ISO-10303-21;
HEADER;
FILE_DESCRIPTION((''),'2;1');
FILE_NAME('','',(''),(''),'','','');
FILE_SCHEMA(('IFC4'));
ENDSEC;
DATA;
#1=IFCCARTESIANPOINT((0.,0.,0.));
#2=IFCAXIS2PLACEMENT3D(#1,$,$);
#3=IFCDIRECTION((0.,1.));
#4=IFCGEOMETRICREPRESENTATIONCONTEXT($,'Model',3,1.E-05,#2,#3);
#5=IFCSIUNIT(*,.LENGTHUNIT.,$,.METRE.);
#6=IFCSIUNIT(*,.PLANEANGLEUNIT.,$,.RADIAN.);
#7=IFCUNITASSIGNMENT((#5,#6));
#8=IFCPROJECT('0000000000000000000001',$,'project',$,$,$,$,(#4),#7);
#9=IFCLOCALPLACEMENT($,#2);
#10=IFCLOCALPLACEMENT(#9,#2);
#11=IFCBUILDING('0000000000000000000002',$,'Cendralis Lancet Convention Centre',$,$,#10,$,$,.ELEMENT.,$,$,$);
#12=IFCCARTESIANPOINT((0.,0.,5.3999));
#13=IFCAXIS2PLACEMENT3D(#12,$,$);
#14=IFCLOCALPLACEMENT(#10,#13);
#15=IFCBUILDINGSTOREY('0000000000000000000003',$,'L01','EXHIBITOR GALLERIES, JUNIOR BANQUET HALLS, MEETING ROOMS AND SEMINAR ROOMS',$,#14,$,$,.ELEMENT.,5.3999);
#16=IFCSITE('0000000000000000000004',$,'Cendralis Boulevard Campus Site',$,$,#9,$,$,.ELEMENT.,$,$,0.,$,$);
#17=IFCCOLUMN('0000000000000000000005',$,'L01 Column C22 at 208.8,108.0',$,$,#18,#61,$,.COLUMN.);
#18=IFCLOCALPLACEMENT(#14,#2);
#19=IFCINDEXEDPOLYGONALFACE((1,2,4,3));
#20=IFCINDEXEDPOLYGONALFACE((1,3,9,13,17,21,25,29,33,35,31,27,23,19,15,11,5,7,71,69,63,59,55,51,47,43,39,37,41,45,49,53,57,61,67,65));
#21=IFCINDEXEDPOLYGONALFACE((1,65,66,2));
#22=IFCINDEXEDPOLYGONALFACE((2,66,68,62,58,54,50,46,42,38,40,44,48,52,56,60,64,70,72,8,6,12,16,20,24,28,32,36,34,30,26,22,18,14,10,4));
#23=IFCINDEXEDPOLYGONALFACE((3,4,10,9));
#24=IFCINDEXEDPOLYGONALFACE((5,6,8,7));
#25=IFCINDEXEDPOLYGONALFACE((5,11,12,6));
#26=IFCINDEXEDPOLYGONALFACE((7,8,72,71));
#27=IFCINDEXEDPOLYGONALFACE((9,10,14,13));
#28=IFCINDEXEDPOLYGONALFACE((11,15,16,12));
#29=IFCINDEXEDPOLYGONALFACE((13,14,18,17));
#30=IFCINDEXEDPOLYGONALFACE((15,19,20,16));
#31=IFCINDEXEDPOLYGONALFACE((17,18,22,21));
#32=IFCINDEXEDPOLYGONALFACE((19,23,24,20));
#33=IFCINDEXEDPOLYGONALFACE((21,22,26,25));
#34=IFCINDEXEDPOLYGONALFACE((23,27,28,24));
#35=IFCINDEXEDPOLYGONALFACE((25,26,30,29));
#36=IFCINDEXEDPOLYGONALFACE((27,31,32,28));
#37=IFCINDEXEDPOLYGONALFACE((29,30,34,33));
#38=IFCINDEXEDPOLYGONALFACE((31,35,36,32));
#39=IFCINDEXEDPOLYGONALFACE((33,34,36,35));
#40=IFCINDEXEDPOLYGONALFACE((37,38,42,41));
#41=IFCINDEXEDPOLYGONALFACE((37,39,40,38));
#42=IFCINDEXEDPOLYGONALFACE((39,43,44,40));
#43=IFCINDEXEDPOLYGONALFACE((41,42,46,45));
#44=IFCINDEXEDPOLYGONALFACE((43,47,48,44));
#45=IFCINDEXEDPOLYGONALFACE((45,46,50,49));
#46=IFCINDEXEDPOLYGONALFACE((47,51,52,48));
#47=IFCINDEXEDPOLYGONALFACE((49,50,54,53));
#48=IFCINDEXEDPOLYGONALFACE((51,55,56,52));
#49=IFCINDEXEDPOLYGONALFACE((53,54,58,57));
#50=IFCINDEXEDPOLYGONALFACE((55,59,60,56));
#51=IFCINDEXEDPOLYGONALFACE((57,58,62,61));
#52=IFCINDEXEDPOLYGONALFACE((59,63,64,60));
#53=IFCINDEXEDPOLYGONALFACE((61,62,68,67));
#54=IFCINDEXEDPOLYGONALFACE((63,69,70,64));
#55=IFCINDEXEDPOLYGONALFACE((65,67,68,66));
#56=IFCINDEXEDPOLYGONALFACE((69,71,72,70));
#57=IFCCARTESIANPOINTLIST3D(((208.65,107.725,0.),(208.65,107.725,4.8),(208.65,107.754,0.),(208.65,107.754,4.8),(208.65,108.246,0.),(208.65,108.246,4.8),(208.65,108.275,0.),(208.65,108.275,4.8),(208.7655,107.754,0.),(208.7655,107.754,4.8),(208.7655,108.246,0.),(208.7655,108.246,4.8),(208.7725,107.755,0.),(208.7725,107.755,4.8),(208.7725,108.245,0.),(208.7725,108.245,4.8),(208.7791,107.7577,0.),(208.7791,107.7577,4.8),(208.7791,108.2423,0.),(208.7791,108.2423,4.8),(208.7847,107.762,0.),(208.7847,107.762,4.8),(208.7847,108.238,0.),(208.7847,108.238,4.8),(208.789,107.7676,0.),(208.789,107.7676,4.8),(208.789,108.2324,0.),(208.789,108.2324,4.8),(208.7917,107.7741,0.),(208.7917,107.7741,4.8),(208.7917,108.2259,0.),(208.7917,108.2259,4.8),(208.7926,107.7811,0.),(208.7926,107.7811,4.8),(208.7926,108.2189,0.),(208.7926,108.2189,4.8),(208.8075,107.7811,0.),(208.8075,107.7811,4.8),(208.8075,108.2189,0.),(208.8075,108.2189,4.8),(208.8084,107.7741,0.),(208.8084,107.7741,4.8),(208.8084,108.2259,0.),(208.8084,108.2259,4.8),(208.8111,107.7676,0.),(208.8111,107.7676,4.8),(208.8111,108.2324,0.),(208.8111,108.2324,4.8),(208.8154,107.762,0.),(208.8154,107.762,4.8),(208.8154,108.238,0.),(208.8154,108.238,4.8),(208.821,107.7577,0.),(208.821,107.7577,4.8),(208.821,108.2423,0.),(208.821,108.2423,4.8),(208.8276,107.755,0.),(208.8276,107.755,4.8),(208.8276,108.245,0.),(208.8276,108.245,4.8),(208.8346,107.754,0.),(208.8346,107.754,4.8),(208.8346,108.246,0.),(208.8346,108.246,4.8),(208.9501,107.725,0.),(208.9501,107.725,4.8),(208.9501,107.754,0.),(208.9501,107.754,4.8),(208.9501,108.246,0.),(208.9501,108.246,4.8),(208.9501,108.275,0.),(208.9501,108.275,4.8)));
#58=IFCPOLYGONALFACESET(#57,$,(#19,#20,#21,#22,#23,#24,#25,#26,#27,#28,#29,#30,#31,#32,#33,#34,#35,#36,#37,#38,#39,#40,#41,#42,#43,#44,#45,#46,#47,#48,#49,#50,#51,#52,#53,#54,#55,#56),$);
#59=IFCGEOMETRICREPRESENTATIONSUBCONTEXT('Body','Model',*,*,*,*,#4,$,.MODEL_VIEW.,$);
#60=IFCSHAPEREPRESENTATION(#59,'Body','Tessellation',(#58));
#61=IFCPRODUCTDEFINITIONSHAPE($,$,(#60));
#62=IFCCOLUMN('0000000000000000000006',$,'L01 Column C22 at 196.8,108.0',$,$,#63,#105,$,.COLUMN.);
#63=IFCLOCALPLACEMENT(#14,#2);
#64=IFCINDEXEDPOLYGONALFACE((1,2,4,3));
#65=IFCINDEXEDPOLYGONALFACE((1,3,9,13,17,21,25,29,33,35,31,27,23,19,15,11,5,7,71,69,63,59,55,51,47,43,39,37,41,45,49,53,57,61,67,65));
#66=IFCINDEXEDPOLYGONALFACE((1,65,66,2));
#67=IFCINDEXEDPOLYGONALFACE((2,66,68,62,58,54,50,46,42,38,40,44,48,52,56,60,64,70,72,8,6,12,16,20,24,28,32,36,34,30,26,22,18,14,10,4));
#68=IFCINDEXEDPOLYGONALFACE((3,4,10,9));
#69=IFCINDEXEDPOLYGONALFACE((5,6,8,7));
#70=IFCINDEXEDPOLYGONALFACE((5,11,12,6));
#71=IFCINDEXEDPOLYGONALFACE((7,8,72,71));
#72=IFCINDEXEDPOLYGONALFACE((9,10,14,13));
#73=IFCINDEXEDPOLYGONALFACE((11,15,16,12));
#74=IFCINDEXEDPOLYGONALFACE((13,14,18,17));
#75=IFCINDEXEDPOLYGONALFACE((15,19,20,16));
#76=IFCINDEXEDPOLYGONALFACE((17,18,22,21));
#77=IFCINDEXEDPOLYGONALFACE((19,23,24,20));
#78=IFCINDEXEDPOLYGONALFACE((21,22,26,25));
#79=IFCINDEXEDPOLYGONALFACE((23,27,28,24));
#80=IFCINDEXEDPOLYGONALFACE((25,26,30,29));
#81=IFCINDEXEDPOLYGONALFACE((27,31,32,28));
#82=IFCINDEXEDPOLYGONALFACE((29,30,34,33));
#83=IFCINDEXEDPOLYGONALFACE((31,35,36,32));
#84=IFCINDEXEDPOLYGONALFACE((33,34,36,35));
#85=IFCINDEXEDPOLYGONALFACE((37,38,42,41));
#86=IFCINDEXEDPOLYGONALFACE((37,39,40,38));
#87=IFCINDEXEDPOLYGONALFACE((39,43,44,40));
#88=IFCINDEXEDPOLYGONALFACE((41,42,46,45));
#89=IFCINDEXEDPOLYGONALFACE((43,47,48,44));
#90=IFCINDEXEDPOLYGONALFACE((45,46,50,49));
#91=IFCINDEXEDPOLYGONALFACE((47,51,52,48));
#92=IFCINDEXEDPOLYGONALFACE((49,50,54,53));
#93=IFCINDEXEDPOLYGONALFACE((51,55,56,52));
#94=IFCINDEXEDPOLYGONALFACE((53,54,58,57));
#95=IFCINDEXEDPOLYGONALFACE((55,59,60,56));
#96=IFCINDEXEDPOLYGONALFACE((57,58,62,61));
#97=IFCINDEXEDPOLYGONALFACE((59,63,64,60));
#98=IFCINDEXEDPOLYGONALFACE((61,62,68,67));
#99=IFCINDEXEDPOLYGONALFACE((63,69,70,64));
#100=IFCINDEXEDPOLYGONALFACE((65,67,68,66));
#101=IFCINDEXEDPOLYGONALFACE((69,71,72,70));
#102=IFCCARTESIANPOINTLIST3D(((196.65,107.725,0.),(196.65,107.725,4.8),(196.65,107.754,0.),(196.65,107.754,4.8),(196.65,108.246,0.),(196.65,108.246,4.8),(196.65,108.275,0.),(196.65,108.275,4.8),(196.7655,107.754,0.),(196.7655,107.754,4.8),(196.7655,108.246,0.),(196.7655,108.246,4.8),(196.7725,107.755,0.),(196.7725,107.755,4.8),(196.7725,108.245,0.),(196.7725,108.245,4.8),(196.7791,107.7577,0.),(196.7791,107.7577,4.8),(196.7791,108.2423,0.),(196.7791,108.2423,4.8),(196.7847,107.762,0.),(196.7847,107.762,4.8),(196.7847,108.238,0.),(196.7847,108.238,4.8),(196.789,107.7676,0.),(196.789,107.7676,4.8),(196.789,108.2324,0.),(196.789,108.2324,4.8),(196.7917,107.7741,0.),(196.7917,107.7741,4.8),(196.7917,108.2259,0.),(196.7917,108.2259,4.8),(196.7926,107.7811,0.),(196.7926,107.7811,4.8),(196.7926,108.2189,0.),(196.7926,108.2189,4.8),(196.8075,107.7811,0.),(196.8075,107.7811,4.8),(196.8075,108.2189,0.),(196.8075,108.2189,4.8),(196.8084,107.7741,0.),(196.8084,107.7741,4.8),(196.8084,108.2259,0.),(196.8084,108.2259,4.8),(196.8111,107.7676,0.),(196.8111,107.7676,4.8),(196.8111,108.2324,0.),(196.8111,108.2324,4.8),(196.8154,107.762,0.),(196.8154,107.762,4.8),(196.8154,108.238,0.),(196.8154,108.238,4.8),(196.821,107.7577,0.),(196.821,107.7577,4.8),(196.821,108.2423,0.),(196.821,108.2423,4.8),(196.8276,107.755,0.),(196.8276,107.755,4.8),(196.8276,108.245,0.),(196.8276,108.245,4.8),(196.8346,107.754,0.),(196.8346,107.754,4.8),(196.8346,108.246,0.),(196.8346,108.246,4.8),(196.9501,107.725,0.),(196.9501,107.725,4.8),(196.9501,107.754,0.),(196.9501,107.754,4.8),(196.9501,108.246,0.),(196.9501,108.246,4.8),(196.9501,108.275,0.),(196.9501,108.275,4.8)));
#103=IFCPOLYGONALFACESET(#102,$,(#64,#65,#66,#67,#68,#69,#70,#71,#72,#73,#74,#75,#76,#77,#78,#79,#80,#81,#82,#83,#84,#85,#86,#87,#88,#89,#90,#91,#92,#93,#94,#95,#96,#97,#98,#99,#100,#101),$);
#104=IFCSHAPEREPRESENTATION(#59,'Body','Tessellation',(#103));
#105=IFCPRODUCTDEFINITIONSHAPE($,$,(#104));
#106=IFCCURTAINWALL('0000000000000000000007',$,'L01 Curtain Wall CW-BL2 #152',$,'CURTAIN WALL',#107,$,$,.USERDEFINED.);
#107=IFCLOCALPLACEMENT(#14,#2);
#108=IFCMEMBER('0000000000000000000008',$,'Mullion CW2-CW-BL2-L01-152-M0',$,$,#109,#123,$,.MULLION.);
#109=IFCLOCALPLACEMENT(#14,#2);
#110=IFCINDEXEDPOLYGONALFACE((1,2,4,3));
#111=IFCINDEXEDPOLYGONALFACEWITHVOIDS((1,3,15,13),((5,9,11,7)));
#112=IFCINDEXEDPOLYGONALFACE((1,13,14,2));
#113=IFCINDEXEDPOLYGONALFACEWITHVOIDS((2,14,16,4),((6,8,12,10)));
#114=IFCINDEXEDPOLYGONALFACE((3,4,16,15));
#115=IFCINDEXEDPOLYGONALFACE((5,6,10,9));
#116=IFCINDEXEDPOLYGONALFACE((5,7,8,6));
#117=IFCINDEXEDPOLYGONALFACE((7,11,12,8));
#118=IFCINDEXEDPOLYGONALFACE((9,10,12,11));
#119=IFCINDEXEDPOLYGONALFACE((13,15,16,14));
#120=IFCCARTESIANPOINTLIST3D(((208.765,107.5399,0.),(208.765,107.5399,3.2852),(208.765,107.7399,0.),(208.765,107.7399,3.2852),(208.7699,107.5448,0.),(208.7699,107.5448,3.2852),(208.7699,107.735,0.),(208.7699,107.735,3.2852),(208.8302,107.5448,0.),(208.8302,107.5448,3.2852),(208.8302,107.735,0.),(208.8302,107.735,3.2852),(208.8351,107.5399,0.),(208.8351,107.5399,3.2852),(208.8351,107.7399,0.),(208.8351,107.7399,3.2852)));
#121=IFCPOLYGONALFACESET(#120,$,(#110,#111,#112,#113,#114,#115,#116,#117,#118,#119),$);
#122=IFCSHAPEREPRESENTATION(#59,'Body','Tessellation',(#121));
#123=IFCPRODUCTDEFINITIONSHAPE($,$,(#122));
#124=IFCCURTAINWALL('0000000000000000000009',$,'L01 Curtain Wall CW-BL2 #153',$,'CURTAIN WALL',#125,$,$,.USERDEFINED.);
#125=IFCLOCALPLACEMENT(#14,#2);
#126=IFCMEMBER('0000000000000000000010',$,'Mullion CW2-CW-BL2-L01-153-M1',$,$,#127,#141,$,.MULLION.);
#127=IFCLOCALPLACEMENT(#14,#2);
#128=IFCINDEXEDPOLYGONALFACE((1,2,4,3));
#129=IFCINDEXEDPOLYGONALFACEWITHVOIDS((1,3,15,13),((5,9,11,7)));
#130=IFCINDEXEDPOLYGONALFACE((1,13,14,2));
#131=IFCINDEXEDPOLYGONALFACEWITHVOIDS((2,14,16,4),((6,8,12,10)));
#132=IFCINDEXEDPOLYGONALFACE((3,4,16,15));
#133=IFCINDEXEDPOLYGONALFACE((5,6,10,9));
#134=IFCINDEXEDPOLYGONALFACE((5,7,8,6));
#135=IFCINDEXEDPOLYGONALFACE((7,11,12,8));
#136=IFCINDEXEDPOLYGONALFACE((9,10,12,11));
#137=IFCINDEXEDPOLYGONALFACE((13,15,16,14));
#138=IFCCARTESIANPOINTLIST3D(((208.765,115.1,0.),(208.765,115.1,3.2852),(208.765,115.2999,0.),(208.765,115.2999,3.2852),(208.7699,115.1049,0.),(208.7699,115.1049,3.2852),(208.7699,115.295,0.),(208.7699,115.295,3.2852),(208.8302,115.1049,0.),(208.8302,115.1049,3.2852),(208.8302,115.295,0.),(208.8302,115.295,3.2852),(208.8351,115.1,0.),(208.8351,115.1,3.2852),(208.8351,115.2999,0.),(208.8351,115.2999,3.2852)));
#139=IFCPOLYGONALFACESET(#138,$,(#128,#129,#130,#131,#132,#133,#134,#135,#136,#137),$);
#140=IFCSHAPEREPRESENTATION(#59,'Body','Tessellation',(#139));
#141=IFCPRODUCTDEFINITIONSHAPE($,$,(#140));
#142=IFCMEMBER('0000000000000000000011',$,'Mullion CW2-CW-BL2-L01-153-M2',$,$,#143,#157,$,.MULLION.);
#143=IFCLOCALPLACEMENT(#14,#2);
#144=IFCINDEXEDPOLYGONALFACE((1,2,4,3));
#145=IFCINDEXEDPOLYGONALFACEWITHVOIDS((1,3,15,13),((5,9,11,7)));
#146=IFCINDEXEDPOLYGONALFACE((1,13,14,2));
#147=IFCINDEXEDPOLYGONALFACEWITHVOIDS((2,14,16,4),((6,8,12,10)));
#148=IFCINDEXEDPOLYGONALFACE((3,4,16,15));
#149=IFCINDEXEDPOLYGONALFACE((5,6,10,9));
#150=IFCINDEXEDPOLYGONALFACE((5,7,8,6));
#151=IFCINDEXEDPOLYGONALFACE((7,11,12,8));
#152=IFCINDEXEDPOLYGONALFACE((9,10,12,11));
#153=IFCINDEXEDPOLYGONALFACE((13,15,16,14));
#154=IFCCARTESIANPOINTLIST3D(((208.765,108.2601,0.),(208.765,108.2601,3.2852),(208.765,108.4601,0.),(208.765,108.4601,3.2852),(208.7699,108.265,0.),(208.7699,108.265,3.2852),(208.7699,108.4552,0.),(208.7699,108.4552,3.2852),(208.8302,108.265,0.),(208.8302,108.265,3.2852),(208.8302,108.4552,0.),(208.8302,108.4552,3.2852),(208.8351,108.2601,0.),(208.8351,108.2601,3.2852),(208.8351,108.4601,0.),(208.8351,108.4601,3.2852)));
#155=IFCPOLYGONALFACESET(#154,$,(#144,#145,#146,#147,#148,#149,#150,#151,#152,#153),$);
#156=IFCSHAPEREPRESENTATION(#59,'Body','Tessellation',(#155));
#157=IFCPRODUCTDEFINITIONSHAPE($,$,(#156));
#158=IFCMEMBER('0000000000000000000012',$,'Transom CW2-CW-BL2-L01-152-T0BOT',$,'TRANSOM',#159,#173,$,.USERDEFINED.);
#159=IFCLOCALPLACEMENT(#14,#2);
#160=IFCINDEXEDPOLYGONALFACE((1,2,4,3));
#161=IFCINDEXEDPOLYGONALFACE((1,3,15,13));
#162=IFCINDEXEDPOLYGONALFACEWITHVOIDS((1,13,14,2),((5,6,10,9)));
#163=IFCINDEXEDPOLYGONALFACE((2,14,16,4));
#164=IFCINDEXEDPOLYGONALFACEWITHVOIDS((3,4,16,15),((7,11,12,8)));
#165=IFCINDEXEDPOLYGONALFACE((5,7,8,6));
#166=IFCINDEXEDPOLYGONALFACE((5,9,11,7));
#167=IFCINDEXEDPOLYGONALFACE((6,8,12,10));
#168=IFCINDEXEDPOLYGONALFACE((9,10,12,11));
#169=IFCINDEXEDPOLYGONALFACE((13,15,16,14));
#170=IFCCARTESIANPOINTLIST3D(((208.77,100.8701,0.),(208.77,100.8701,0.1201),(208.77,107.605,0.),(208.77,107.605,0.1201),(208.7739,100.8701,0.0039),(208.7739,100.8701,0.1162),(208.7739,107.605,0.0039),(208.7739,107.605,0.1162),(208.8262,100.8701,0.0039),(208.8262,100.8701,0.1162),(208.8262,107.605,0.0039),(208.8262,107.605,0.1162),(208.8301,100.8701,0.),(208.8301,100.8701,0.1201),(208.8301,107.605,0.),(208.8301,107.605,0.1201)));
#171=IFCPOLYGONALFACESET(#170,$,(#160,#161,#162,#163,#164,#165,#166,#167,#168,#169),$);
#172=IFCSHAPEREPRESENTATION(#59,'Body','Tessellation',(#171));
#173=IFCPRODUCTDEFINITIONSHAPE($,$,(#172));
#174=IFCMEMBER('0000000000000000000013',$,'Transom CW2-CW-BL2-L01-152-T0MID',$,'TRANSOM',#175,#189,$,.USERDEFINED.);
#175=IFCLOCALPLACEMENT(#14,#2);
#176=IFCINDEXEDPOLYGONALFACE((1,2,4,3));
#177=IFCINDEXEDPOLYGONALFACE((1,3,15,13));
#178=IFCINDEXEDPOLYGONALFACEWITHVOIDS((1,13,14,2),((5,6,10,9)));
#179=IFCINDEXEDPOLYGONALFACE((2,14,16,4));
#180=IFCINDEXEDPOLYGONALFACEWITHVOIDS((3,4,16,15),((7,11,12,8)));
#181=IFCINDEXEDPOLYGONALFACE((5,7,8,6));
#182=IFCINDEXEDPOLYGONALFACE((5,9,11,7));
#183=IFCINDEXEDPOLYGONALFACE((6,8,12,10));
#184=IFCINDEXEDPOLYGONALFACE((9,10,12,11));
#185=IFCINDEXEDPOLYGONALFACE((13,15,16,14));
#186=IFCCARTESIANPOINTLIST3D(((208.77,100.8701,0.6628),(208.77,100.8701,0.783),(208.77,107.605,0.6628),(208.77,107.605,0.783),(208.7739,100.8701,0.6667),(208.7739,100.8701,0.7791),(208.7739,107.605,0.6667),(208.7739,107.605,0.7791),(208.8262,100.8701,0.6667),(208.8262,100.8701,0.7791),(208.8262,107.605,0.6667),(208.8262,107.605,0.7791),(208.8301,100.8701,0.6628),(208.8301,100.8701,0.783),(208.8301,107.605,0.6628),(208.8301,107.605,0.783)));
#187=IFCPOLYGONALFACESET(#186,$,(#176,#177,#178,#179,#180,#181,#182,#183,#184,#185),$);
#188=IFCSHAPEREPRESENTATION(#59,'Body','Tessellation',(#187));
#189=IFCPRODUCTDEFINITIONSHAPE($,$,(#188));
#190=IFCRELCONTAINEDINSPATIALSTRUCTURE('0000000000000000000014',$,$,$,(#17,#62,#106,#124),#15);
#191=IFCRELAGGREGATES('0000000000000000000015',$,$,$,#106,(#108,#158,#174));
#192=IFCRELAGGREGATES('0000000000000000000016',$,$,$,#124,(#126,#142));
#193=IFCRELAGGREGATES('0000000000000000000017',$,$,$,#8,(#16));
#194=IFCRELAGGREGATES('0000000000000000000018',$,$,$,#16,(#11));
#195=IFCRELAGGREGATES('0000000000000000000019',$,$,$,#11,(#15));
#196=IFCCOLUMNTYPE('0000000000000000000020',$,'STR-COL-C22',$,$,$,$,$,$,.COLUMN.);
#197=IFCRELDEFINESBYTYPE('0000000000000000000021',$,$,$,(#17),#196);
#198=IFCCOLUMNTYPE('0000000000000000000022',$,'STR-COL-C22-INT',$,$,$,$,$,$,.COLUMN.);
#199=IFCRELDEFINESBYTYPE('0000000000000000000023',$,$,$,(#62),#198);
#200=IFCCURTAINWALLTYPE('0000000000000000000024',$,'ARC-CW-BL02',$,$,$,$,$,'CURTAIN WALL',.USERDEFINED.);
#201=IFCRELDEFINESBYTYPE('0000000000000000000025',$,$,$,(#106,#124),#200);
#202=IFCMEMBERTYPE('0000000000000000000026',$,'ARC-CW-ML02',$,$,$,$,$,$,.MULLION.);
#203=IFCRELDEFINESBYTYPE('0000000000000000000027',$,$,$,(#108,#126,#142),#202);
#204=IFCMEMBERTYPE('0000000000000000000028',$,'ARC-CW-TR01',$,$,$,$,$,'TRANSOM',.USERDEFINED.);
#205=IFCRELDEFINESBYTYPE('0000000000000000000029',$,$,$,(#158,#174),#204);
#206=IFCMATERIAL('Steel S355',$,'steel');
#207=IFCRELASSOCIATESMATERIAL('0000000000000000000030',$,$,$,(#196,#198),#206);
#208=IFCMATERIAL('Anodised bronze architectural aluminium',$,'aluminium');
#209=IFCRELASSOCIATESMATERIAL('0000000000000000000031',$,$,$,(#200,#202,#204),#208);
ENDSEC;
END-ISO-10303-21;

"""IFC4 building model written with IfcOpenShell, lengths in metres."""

from ifc_helpers import new_model, si_unit, direction, frame, origin, origin_2d, place, context, subcontext, project, spatial, hollow_rectangle, i_section, extrude, material, material_profile, profile_set, type_object, element, aggregate, save


model = new_model("IFC4")

# Units and contexts
model_context = context("Model", 3, precision=1e-05, world=origin(), true_north=direction((0.0, 1.0)))
body_context = subcontext(model_context, "Body", "Model", "MODEL_VIEW")
ifc_project = project(units=[si_unit("LENGTHUNIT", "METRE"), si_unit("PLANEANGLEUNIT", "RADIAN")], contexts=[model_context])

# Site, building, storey
site_placement = place(None, origin())
site = spatial("IfcSite", under=ifc_project, at=site_placement, Name="Cendralis Boulevard Campus Site", CompositionType="ELEMENT", RefElevation=0.0)
building_placement = place(site_placement, origin())
building = spatial("IfcBuilding", under=site, at=building_placement, Name="Cendralis Lancet Convention Centre", CompositionType="ELEMENT")
storey_placement = place(building_placement, frame((0.0, 0.0, 5.3999)))
storey = spatial("IfcBuildingStorey", under=building, at=storey_placement, Name="L01", Description="EXHIBITOR GALLERIES, JUNIOR BANQUET HALLS, MEETING ROOMS AND SEMINAR ROOMS", CompositionType="ELEMENT", Elevation=5.3999)

# Columns
ifc_material_1 = material(Name="Steel S355", Category="steel")
ifc_material_profile_1 = material_profile(ifc_material_1, i_section(OverallWidth=0.3, OverallDepth=0.55, WebThickness=0.0149, FlangeThickness=0.0291, FilletRadius=0.0271, at=origin_2d()), Name="HEB 550")
ifc_profile_set_1 = profile_set([ifc_material_profile_1], Name="Steel S355")
column_type_1 = type_object("IfcColumnType", Name="STR-COL-C22", PredefinedType="COLUMN", material=ifc_profile_set_1)
column_1_placement = place(storey_placement, frame((208.8, 108.0, 0.0), z_axis=(0.0, 0.0, 1.0), x_axis=(1.0, 0.0, 0.0)))
element("IfcColumn", 1, at=column_1_placement, inside=storey, type_object=column_type_1, Name="L01 Column C22 at 208.8,108.0", PredefinedType="COLUMN", context=body_context, shape_type="SweptSolid", body=[
    extrude(i_section(OverallWidth=0.3, OverallDepth=0.55, WebThickness=0.0149, FlangeThickness=0.0291, FilletRadius=0.0271, at=origin_2d()), origin(), (0.0, 0.0, 1.0), 4.8),
])
ifc_material_profile_2 = material_profile(ifc_material_1, i_section(OverallWidth=0.3, OverallDepth=0.55, WebThickness=0.0149, FlangeThickness=0.0291, FilletRadius=0.0271, at=origin_2d()), Name="HEB 550")
ifc_profile_set_2 = profile_set([ifc_material_profile_2], Name="Steel S355")
column_type_2 = type_object("IfcColumnType", Name="STR-COL-C22-INT", PredefinedType="COLUMN", material=ifc_profile_set_2)
column_2_placement = place(storey_placement, frame((196.8, 108.0, 0.0), z_axis=(0.0, 0.0, 1.0), x_axis=(1.0, 0.0, 0.0)))
element("IfcColumn", 2, at=column_2_placement, inside=storey, type_object=column_type_2, Name="L01 Column C22 at 196.8,108.0", PredefinedType="COLUMN", context=body_context, shape_type="SweptSolid", body=[
    extrude(i_section(OverallWidth=0.3, OverallDepth=0.55, WebThickness=0.0149, FlangeThickness=0.0291, FilletRadius=0.0271, at=origin_2d()), origin(), (0.0, 0.0, 1.0), 4.8),
])

# Curtain wall, member
ifc_material_2 = material(Name="Anodised bronze architectural aluminium", Category="aluminium")
curtain_wall_type = type_object("IfcCurtainWallType", Name="ARC-CW-BL02", ElementType="CURTAIN WALL", PredefinedType="USERDEFINED", material=ifc_material_2)
curtain_wall_1_placement = place(storey_placement, origin())
curtain_wall_1 = element("IfcCurtainWall", 3, at=curtain_wall_1_placement, inside=storey, type_object=curtain_wall_type, Name="L01 Curtain Wall CW-BL2 #152", ObjectType="CURTAIN WALL", PredefinedType="USERDEFINED")
ifc_material_profile_3 = material_profile(ifc_material_2, hollow_rectangle(XDim=0.0701, YDim=0.2, WallThickness=0.0049, at=origin_2d()), Name="AL-MULL 70x200x5.0")
ifc_profile_set_3 = profile_set([ifc_material_profile_3], Name="Anodised bronze architectural aluminium")
member_type_1 = type_object("IfcMemberType", Name="ARC-CW-ML02", PredefinedType="MULLION", material=ifc_profile_set_3)
member_1_placement = place(storey_placement, frame((208.8, 107.6399, 0.0), z_axis=(0.0, 0.0, 1.0), x_axis=(1.0, 0.0, 0.0)))
member_1 = element("IfcMember", 4, at=member_1_placement, type_object=member_type_1, Name="Mullion CW2-CW-BL2-L01-152-M0", PredefinedType="MULLION", context=body_context, shape_type="SweptSolid", body=[
    extrude(hollow_rectangle(XDim=0.0701, YDim=0.2, WallThickness=0.0049, at=origin_2d()), origin(), (0.0, 0.0, 1.0), 3.2852),
])

# Curtain wall, members
curtain_wall_2_placement = place(storey_placement, origin())
curtain_wall_2 = element("IfcCurtainWall", 5, at=curtain_wall_2_placement, inside=storey, type_object=curtain_wall_type, Name="L01 Curtain Wall CW-BL2 #153", ObjectType="CURTAIN WALL", PredefinedType="USERDEFINED")
member_2_placement = place(storey_placement, frame((208.8, 115.2, 0.0), z_axis=(0.0, 0.0, 1.0), x_axis=(1.0, 0.0, 0.0)))
member_2 = element("IfcMember", 6, at=member_2_placement, type_object=member_type_1, Name="Mullion CW2-CW-BL2-L01-153-M1", PredefinedType="MULLION", context=body_context, shape_type="SweptSolid", body=[
    extrude(hollow_rectangle(XDim=0.0701, YDim=0.2, WallThickness=0.0049, at=origin_2d()), origin(), (0.0, 0.0, 1.0), 3.2852),
])
member_3_placement = place(storey_placement, frame((208.8, 108.3601, 0.0), z_axis=(0.0, 0.0, 1.0), x_axis=(1.0, 0.0, 0.0)))
member_3 = element("IfcMember", 7, at=member_3_placement, type_object=member_type_1, Name="Mullion CW2-CW-BL2-L01-153-M2", PredefinedType="MULLION", context=body_context, shape_type="SweptSolid", body=[
    extrude(hollow_rectangle(XDim=0.0701, YDim=0.2, WallThickness=0.0049, at=origin_2d()), origin(), (0.0, 0.0, 1.0), 3.2852),
])

# Members
ifc_material_profile_4 = material_profile(ifc_material_2, hollow_rectangle(XDim=0.0601, YDim=0.1201, WallThickness=0.0039, at=origin_2d()), Name="AL-TRAN 60x120x4.0")
ifc_profile_set_4 = profile_set([ifc_material_profile_4], Name="Anodised bronze architectural aluminium")
member_type_2 = type_object("IfcMemberType", Name="ARC-CW-TR01", ElementType="TRANSOM", PredefinedType="USERDEFINED", material=ifc_profile_set_4)
member_4_placement = place(storey_placement, frame((208.8, 107.605, 0.0601), z_axis=(0.0, -1.0, 0.0), x_axis=(1.0, 0.0, 0.0)))
member_4 = element("IfcMember", 8, at=member_4_placement, type_object=member_type_2, Name="Transom CW2-CW-BL2-L01-152-T0BOT", ObjectType="TRANSOM", PredefinedType="USERDEFINED", context=body_context, shape_type="SweptSolid", body=[
    extrude(hollow_rectangle(XDim=0.0601, YDim=0.1201, WallThickness=0.0039, at=origin_2d()), origin(), (0.0, 0.0, 1.0), 6.7349),
])
member_5_placement = place(storey_placement, frame((208.8, 107.605, 0.7229), z_axis=(0.0, -1.0, 0.0), x_axis=(1.0, 0.0, 0.0)))
member_5 = element("IfcMember", 9, at=member_5_placement, type_object=member_type_2, Name="Transom CW2-CW-BL2-L01-152-T0MID", ObjectType="TRANSOM", PredefinedType="USERDEFINED", context=body_context, shape_type="SweptSolid", body=[
    extrude(hollow_rectangle(XDim=0.0601, YDim=0.1201, WallThickness=0.0039, at=origin_2d()), origin(), (0.0, 0.0, 1.0), 6.7349),
])
aggregate(curtain_wall_1, [member_1, member_4, member_5])

aggregate(curtain_wall_2, [member_2, member_3])

save(model, "model.ifc")
